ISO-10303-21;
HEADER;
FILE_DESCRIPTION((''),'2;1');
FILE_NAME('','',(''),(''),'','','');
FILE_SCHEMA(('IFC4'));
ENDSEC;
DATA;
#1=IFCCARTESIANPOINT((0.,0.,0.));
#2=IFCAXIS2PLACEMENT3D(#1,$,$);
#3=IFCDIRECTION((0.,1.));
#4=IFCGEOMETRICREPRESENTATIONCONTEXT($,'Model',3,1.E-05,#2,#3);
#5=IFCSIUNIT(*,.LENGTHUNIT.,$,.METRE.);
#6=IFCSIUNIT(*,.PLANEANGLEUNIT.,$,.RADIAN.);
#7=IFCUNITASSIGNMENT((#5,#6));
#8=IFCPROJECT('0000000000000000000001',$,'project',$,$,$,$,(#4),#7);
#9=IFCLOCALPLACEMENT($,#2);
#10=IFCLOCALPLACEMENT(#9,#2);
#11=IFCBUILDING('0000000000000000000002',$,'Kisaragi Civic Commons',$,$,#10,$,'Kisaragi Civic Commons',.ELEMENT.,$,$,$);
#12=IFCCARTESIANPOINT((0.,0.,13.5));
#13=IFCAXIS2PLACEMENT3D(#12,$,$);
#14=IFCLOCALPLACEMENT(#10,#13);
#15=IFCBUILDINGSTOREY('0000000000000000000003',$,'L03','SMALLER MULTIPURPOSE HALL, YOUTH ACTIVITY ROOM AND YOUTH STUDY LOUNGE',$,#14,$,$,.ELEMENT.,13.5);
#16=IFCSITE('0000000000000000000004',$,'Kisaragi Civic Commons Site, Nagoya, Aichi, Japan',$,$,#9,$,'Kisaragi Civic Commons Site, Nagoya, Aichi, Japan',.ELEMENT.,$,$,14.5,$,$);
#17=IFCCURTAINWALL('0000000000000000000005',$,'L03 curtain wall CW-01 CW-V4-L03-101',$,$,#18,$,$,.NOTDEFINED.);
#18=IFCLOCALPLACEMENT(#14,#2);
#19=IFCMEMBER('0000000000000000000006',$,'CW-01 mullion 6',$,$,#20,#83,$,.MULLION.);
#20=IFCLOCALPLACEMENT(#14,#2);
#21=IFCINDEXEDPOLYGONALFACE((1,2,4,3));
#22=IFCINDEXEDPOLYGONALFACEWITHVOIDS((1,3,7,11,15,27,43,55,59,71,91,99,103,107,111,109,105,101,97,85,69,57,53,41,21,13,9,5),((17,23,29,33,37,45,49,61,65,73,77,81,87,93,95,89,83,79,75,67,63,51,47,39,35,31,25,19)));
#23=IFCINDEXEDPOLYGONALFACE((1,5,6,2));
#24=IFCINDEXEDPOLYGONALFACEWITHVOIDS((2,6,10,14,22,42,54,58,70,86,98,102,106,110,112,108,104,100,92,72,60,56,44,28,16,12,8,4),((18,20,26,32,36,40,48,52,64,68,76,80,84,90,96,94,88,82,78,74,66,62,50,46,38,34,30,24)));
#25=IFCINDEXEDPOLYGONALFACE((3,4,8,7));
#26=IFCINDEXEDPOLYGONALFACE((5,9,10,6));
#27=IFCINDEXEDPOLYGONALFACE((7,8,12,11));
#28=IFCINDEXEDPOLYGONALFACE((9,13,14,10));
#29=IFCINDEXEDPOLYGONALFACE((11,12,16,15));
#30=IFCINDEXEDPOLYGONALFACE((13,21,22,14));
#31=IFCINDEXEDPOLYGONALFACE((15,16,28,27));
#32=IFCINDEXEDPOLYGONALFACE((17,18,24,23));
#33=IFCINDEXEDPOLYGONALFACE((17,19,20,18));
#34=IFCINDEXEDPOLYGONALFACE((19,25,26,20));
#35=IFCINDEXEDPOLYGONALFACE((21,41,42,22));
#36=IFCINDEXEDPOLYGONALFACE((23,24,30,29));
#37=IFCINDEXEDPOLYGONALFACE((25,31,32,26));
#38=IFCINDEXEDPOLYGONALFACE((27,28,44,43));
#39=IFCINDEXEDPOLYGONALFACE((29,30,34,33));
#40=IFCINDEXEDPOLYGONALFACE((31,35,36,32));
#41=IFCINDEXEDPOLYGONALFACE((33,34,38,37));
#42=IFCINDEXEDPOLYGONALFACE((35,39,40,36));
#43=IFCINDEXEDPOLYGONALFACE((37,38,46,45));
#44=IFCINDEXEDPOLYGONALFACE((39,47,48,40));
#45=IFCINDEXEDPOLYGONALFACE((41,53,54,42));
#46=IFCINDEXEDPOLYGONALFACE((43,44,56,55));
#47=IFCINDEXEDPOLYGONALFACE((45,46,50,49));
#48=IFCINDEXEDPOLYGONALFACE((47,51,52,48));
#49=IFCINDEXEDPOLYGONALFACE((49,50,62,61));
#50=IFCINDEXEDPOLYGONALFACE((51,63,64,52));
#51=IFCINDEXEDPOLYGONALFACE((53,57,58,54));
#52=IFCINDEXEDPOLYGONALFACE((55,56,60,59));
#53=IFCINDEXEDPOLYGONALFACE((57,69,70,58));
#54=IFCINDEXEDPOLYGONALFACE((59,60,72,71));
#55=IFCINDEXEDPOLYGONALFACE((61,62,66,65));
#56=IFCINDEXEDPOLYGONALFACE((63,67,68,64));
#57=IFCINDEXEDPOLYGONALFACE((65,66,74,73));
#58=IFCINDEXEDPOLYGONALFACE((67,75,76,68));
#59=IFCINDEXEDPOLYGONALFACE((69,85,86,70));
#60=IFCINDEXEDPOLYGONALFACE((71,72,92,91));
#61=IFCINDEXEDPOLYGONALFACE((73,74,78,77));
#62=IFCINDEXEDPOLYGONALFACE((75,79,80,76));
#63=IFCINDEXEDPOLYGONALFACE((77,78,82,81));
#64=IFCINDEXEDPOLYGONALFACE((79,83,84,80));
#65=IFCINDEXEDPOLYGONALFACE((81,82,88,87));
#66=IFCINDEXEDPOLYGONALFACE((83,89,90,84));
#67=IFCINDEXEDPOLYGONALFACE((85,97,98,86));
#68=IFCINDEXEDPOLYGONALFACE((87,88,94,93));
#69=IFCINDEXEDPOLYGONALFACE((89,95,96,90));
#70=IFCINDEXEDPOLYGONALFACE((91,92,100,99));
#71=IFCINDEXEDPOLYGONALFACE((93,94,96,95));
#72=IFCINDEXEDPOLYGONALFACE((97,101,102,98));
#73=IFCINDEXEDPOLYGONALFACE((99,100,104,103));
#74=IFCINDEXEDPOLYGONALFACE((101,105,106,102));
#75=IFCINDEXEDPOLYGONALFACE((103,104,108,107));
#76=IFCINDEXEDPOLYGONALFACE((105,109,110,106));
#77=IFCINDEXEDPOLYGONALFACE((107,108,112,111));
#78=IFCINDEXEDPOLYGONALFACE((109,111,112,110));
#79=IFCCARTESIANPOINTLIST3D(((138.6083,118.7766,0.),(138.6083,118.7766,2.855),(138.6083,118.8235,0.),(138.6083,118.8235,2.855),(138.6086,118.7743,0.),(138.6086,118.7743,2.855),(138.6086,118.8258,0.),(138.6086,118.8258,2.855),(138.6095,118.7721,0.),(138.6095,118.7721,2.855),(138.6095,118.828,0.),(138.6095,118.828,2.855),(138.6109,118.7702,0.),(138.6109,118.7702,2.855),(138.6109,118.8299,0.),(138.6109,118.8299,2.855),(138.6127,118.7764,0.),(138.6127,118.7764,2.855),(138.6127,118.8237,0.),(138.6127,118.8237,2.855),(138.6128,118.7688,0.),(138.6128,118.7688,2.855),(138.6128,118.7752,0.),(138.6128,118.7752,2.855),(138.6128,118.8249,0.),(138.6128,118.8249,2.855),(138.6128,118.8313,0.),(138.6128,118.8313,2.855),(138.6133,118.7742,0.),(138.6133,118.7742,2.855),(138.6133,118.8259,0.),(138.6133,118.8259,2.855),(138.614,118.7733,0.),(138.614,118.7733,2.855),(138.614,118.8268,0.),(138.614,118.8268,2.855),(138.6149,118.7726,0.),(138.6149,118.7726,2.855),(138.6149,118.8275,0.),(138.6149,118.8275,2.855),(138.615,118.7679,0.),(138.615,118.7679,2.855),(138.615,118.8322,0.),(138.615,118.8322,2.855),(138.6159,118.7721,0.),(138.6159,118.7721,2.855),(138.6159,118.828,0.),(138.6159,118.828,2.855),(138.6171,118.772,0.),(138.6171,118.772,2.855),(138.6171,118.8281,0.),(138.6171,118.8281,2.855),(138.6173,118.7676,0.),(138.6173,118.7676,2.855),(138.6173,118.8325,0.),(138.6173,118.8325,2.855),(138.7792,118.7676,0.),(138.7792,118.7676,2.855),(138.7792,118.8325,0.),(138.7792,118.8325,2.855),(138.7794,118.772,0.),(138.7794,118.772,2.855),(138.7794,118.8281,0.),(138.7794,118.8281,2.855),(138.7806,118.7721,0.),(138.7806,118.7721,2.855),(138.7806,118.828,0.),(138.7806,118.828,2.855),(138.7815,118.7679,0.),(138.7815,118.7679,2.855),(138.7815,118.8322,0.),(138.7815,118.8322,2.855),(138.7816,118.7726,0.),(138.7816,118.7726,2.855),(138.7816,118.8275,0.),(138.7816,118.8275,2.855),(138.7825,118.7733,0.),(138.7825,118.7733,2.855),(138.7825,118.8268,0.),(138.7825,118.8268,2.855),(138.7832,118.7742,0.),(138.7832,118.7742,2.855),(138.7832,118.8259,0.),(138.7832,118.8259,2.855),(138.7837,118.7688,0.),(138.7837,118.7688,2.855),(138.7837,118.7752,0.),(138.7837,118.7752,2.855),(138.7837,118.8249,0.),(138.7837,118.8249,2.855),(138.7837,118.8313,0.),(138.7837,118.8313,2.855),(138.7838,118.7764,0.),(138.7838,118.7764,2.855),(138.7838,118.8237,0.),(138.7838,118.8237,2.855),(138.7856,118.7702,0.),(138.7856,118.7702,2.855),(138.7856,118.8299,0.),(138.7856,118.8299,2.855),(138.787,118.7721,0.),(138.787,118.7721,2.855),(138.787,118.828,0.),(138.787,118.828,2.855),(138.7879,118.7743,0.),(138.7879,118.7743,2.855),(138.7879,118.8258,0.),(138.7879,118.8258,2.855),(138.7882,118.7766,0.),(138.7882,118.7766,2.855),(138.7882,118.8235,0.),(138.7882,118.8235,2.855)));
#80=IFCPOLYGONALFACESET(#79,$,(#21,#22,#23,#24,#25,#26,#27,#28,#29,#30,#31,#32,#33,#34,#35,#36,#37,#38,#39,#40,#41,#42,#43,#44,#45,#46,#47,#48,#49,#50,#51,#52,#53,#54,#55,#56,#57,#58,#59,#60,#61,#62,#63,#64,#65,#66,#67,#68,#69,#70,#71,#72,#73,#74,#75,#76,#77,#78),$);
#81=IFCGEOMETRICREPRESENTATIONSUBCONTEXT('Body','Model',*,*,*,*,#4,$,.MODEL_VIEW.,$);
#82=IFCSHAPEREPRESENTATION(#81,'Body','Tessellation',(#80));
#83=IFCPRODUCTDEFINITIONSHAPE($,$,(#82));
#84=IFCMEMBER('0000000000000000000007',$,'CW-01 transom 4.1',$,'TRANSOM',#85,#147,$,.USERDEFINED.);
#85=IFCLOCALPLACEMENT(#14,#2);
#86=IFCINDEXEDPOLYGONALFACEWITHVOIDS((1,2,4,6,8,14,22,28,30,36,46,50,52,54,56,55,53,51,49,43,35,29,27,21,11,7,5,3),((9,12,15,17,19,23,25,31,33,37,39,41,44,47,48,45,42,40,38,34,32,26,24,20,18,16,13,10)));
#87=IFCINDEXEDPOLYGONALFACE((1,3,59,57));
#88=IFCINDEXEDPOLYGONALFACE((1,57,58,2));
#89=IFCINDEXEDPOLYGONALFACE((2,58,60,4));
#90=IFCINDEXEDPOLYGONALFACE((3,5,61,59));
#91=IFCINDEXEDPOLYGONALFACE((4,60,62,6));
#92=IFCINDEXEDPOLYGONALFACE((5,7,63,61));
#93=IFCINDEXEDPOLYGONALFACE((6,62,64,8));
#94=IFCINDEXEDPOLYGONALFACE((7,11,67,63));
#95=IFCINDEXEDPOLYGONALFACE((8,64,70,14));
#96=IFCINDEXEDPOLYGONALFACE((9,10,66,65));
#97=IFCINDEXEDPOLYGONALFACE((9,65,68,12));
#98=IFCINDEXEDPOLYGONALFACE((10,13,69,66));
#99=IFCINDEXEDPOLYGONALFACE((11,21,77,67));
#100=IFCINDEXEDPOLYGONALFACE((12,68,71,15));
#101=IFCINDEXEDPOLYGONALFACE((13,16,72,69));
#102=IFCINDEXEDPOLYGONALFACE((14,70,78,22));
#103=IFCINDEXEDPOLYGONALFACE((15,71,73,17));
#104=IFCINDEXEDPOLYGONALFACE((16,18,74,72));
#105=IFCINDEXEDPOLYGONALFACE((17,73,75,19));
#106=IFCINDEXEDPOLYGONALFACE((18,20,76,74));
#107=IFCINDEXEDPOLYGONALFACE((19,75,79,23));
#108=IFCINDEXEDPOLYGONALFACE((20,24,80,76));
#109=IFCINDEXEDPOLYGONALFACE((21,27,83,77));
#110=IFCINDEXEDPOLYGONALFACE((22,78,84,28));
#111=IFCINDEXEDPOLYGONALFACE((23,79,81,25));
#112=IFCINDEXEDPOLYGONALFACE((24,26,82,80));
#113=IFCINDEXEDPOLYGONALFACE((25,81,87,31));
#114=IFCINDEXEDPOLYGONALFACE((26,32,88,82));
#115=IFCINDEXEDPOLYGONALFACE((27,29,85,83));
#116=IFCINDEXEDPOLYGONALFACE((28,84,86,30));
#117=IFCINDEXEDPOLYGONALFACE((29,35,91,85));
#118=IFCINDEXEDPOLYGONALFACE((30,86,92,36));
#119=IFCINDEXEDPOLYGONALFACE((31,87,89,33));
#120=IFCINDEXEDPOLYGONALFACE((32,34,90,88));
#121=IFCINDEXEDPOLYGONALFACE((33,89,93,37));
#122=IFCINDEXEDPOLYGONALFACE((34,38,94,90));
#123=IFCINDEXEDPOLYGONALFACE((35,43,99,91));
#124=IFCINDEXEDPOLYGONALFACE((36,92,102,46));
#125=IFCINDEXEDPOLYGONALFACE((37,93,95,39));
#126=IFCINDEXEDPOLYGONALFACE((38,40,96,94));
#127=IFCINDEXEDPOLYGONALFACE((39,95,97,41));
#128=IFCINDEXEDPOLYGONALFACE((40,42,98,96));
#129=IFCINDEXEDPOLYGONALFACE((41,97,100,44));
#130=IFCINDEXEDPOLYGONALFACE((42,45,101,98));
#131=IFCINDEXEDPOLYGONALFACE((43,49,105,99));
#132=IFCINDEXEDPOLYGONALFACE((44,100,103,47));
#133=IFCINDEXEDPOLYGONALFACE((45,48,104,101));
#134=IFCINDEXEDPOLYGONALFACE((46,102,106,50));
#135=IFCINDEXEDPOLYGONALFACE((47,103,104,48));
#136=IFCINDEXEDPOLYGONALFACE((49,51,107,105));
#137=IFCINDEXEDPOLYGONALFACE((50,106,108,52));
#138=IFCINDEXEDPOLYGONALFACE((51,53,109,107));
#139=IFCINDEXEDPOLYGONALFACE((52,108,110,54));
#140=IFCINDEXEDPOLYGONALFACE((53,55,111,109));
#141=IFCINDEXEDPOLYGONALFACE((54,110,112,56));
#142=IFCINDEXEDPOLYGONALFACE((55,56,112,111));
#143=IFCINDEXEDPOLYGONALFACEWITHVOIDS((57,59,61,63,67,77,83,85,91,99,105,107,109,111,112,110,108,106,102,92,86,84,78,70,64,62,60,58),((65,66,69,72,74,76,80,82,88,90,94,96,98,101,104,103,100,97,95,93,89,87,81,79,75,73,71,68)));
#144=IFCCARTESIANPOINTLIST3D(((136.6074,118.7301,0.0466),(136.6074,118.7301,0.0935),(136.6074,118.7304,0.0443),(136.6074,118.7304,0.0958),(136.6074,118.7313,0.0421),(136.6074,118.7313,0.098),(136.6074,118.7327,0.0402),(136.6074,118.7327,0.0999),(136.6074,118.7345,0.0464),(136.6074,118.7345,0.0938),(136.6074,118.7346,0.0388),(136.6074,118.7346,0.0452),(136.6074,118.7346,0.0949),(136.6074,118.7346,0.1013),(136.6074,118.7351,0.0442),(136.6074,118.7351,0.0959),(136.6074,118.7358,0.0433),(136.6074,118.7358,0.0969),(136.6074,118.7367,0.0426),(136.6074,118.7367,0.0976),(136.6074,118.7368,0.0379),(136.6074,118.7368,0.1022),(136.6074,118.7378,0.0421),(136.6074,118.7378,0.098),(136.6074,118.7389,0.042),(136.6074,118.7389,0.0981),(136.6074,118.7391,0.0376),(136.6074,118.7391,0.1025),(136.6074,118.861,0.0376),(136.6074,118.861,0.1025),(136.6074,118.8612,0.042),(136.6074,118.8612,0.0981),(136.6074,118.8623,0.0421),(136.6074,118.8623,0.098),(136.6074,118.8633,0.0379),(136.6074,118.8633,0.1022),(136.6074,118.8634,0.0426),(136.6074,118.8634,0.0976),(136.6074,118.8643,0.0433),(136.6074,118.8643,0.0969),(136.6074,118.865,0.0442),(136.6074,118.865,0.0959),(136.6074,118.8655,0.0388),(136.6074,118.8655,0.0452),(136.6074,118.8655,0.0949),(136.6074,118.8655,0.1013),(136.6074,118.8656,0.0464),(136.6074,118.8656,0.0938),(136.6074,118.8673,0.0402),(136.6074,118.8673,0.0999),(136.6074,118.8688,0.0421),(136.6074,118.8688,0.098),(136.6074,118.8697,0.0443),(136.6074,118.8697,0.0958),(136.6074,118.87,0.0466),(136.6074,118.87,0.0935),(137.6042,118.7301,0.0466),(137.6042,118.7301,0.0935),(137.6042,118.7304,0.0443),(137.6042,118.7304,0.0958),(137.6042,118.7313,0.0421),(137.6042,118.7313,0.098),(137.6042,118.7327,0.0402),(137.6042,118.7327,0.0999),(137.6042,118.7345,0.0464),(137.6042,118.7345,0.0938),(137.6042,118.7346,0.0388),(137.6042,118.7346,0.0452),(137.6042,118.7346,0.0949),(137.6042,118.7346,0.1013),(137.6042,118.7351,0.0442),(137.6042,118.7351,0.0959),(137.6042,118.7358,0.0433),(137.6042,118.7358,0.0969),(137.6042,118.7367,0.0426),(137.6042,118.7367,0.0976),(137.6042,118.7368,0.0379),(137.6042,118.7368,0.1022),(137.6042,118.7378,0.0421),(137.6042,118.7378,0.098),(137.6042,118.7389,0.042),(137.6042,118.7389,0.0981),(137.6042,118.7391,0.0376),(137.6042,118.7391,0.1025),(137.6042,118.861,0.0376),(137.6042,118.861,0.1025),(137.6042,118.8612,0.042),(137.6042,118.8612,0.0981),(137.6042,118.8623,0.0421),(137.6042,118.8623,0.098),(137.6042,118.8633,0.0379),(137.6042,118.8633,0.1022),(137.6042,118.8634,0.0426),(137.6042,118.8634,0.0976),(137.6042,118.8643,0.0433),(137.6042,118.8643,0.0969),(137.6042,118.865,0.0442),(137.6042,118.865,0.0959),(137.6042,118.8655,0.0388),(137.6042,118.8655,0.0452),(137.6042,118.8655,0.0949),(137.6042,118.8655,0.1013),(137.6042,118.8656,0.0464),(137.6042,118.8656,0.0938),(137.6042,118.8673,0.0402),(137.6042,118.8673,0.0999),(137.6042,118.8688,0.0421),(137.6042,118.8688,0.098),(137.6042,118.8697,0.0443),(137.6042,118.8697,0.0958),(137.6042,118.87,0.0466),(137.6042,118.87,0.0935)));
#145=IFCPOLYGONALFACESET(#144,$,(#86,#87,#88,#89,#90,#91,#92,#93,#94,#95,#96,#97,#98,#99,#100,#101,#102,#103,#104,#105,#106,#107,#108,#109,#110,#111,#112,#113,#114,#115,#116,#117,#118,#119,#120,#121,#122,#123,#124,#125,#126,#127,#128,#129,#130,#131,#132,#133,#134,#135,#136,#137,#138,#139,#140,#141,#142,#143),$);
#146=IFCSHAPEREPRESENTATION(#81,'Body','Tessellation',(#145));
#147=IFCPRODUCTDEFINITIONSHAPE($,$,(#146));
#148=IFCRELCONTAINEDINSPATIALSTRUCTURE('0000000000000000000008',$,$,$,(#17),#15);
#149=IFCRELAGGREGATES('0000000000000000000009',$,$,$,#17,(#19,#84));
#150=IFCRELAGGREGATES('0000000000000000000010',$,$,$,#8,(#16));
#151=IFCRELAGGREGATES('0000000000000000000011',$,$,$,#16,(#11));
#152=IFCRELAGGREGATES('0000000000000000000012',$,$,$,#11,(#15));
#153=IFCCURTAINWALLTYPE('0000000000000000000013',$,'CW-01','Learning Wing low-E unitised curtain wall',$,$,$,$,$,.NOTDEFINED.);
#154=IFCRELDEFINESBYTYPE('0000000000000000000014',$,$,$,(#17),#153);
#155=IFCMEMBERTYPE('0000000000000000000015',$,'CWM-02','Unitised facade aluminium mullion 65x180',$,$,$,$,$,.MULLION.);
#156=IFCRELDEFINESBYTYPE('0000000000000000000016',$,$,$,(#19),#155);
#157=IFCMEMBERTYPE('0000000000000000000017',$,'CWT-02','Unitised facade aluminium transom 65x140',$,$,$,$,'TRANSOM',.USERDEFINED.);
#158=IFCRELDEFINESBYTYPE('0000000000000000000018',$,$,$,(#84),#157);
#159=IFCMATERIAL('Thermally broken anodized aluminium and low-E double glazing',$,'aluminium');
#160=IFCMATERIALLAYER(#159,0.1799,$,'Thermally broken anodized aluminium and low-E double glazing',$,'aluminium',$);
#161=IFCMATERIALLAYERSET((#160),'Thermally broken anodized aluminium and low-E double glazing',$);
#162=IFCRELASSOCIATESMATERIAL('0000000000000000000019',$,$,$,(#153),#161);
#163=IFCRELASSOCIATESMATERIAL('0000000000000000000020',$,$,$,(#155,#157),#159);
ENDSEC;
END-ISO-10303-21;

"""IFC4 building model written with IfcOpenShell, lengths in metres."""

from ifc_helpers import new_model, si_unit, direction, frame, origin, origin_2d, place, context, subcontext, project, spatial, hollow_rectangle, extrude, material, layer, layer_set, material_profile, profile_set, type_object, element, aggregate, save


model = new_model("IFC4")

# Units and contexts
model_context = context("Model", 3, precision=1e-05, world=origin(), true_north=direction((0.0, 1.0)))
body_context = subcontext(model_context, "Body", "Model", "MODEL_VIEW")
ifc_project = project(units=[si_unit("LENGTHUNIT", "METRE"), si_unit("PLANEANGLEUNIT", "RADIAN")], contexts=[model_context])

# Site, building, storey
site_placement = place(None, origin())
site = spatial("IfcSite", under=ifc_project, at=site_placement, Name="Kisaragi Civic Commons Site, Nagoya, Aichi, Japan", LongName="Kisaragi Civic Commons Site, Nagoya, Aichi, Japan", CompositionType="ELEMENT", RefElevation=14.5)
building_placement = place(site_placement, origin())
building = spatial("IfcBuilding", under=site, at=building_placement, Name="Kisaragi Civic Commons", LongName="Kisaragi Civic Commons", CompositionType="ELEMENT")
storey_placement = place(building_placement, frame((0.0, 0.0, 13.5)))
storey = spatial("IfcBuildingStorey", under=building, at=storey_placement, Name="L03", Description="SMALLER MULTIPURPOSE HALL, YOUTH ACTIVITY ROOM AND YOUTH STUDY LOUNGE", CompositionType="ELEMENT", Elevation=13.5)

# Curtain wall, members
ifc_material_1 = material(Name="Thermally broken anodized aluminium and low-E double glazing", Category="aluminium")
ifc_layer_1 = layer(ifc_material_1, 0.1799, Name="Thermally broken anodized aluminium and low-E double glazing", Category="aluminium")
ifc_layer_set_1 = layer_set([ifc_layer_1], Name="Thermally broken anodized aluminium and low-E double glazing")
curtain_wall_type = type_object("IfcCurtainWallType", Name="CW-01", Description="Learning Wing low-E unitised curtain wall", PredefinedType="NOTDEFINED", material=ifc_layer_set_1)
curtain_wall_placement = place(storey_placement, origin())
curtain_wall = element("IfcCurtainWall", 1, at=curtain_wall_placement, inside=storey, type_object=curtain_wall_type, Name="L03 curtain wall CW-01 CW-V4-L03-101", PredefinedType="NOTDEFINED")
ifc_material_profile_1 = material_profile(ifc_material_1, hollow_rectangle(XDim=0.0649, YDim=0.1799, WallThickness=0.0044, InnerFilletRadius=0.0044, OuterFilletRadius=0.009, at=origin_2d()), Name="CWM-65x180x4.5", Category="aluminium")
ifc_profile_set_1 = profile_set([ifc_material_profile_1], Name="Thermally broken anodized aluminium and low-E double glazing")
member_type_1 = type_object("IfcMemberType", Name="CWM-02", Description="Unitised facade aluminium mullion 65x180", PredefinedType="MULLION", material=ifc_profile_set_1)
member_1_placement = place(storey_placement, frame((138.6982, 118.8, 0.0), z_axis=(0.0, 0.0, 1.0), x_axis=(0.0, 1.0, 0.0)))
member_1 = element("IfcMember", 2, at=member_1_placement, type_object=member_type_1, Name="CW-01 mullion 6", PredefinedType="MULLION", context=body_context, shape_type="SweptSolid", body=[
    extrude(hollow_rectangle(XDim=0.0649, YDim=0.1799, WallThickness=0.0044, InnerFilletRadius=0.0044, OuterFilletRadius=0.009, at=origin_2d()), origin(), (0.0, 0.0, 1.0), 2.855),
])
ifc_material_profile_2 = material_profile(ifc_material_1, hollow_rectangle(XDim=0.1399, YDim=0.0649, WallThickness=0.0044, InnerFilletRadius=0.0044, OuterFilletRadius=0.009, at=origin_2d()), Name="CWT-65x140x4.5", Category="aluminium")
ifc_profile_set_2 = profile_set([ifc_material_profile_2], Name="Thermally broken anodized aluminium and low-E double glazing")
member_type_2 = type_object("IfcMemberType", Name="CWT-02", Description="Unitised facade aluminium transom 65x140", ElementType="TRANSOM", PredefinedType="USERDEFINED", material=ifc_profile_set_2)
member_2_placement = place(storey_placement, frame((136.6074, 118.8, 0.0701), z_axis=(1.0, 0.0, 0.0), x_axis=(0.0, 1.0, 0.0)))
member_2 = element("IfcMember", 3, at=member_2_placement, type_object=member_type_2, Name="CW-01 transom 4.1", ObjectType="TRANSOM", PredefinedType="USERDEFINED", context=body_context, shape_type="SweptSolid", body=[
    extrude(hollow_rectangle(XDim=0.1399, YDim=0.0649, WallThickness=0.0044, InnerFilletRadius=0.0044, OuterFilletRadius=0.009, at=origin_2d()), origin(), (0.0, 0.0, 1.0), 0.9968),
])

aggregate(curtain_wall, [member_1, member_2])

save(model, "model.ifc")
